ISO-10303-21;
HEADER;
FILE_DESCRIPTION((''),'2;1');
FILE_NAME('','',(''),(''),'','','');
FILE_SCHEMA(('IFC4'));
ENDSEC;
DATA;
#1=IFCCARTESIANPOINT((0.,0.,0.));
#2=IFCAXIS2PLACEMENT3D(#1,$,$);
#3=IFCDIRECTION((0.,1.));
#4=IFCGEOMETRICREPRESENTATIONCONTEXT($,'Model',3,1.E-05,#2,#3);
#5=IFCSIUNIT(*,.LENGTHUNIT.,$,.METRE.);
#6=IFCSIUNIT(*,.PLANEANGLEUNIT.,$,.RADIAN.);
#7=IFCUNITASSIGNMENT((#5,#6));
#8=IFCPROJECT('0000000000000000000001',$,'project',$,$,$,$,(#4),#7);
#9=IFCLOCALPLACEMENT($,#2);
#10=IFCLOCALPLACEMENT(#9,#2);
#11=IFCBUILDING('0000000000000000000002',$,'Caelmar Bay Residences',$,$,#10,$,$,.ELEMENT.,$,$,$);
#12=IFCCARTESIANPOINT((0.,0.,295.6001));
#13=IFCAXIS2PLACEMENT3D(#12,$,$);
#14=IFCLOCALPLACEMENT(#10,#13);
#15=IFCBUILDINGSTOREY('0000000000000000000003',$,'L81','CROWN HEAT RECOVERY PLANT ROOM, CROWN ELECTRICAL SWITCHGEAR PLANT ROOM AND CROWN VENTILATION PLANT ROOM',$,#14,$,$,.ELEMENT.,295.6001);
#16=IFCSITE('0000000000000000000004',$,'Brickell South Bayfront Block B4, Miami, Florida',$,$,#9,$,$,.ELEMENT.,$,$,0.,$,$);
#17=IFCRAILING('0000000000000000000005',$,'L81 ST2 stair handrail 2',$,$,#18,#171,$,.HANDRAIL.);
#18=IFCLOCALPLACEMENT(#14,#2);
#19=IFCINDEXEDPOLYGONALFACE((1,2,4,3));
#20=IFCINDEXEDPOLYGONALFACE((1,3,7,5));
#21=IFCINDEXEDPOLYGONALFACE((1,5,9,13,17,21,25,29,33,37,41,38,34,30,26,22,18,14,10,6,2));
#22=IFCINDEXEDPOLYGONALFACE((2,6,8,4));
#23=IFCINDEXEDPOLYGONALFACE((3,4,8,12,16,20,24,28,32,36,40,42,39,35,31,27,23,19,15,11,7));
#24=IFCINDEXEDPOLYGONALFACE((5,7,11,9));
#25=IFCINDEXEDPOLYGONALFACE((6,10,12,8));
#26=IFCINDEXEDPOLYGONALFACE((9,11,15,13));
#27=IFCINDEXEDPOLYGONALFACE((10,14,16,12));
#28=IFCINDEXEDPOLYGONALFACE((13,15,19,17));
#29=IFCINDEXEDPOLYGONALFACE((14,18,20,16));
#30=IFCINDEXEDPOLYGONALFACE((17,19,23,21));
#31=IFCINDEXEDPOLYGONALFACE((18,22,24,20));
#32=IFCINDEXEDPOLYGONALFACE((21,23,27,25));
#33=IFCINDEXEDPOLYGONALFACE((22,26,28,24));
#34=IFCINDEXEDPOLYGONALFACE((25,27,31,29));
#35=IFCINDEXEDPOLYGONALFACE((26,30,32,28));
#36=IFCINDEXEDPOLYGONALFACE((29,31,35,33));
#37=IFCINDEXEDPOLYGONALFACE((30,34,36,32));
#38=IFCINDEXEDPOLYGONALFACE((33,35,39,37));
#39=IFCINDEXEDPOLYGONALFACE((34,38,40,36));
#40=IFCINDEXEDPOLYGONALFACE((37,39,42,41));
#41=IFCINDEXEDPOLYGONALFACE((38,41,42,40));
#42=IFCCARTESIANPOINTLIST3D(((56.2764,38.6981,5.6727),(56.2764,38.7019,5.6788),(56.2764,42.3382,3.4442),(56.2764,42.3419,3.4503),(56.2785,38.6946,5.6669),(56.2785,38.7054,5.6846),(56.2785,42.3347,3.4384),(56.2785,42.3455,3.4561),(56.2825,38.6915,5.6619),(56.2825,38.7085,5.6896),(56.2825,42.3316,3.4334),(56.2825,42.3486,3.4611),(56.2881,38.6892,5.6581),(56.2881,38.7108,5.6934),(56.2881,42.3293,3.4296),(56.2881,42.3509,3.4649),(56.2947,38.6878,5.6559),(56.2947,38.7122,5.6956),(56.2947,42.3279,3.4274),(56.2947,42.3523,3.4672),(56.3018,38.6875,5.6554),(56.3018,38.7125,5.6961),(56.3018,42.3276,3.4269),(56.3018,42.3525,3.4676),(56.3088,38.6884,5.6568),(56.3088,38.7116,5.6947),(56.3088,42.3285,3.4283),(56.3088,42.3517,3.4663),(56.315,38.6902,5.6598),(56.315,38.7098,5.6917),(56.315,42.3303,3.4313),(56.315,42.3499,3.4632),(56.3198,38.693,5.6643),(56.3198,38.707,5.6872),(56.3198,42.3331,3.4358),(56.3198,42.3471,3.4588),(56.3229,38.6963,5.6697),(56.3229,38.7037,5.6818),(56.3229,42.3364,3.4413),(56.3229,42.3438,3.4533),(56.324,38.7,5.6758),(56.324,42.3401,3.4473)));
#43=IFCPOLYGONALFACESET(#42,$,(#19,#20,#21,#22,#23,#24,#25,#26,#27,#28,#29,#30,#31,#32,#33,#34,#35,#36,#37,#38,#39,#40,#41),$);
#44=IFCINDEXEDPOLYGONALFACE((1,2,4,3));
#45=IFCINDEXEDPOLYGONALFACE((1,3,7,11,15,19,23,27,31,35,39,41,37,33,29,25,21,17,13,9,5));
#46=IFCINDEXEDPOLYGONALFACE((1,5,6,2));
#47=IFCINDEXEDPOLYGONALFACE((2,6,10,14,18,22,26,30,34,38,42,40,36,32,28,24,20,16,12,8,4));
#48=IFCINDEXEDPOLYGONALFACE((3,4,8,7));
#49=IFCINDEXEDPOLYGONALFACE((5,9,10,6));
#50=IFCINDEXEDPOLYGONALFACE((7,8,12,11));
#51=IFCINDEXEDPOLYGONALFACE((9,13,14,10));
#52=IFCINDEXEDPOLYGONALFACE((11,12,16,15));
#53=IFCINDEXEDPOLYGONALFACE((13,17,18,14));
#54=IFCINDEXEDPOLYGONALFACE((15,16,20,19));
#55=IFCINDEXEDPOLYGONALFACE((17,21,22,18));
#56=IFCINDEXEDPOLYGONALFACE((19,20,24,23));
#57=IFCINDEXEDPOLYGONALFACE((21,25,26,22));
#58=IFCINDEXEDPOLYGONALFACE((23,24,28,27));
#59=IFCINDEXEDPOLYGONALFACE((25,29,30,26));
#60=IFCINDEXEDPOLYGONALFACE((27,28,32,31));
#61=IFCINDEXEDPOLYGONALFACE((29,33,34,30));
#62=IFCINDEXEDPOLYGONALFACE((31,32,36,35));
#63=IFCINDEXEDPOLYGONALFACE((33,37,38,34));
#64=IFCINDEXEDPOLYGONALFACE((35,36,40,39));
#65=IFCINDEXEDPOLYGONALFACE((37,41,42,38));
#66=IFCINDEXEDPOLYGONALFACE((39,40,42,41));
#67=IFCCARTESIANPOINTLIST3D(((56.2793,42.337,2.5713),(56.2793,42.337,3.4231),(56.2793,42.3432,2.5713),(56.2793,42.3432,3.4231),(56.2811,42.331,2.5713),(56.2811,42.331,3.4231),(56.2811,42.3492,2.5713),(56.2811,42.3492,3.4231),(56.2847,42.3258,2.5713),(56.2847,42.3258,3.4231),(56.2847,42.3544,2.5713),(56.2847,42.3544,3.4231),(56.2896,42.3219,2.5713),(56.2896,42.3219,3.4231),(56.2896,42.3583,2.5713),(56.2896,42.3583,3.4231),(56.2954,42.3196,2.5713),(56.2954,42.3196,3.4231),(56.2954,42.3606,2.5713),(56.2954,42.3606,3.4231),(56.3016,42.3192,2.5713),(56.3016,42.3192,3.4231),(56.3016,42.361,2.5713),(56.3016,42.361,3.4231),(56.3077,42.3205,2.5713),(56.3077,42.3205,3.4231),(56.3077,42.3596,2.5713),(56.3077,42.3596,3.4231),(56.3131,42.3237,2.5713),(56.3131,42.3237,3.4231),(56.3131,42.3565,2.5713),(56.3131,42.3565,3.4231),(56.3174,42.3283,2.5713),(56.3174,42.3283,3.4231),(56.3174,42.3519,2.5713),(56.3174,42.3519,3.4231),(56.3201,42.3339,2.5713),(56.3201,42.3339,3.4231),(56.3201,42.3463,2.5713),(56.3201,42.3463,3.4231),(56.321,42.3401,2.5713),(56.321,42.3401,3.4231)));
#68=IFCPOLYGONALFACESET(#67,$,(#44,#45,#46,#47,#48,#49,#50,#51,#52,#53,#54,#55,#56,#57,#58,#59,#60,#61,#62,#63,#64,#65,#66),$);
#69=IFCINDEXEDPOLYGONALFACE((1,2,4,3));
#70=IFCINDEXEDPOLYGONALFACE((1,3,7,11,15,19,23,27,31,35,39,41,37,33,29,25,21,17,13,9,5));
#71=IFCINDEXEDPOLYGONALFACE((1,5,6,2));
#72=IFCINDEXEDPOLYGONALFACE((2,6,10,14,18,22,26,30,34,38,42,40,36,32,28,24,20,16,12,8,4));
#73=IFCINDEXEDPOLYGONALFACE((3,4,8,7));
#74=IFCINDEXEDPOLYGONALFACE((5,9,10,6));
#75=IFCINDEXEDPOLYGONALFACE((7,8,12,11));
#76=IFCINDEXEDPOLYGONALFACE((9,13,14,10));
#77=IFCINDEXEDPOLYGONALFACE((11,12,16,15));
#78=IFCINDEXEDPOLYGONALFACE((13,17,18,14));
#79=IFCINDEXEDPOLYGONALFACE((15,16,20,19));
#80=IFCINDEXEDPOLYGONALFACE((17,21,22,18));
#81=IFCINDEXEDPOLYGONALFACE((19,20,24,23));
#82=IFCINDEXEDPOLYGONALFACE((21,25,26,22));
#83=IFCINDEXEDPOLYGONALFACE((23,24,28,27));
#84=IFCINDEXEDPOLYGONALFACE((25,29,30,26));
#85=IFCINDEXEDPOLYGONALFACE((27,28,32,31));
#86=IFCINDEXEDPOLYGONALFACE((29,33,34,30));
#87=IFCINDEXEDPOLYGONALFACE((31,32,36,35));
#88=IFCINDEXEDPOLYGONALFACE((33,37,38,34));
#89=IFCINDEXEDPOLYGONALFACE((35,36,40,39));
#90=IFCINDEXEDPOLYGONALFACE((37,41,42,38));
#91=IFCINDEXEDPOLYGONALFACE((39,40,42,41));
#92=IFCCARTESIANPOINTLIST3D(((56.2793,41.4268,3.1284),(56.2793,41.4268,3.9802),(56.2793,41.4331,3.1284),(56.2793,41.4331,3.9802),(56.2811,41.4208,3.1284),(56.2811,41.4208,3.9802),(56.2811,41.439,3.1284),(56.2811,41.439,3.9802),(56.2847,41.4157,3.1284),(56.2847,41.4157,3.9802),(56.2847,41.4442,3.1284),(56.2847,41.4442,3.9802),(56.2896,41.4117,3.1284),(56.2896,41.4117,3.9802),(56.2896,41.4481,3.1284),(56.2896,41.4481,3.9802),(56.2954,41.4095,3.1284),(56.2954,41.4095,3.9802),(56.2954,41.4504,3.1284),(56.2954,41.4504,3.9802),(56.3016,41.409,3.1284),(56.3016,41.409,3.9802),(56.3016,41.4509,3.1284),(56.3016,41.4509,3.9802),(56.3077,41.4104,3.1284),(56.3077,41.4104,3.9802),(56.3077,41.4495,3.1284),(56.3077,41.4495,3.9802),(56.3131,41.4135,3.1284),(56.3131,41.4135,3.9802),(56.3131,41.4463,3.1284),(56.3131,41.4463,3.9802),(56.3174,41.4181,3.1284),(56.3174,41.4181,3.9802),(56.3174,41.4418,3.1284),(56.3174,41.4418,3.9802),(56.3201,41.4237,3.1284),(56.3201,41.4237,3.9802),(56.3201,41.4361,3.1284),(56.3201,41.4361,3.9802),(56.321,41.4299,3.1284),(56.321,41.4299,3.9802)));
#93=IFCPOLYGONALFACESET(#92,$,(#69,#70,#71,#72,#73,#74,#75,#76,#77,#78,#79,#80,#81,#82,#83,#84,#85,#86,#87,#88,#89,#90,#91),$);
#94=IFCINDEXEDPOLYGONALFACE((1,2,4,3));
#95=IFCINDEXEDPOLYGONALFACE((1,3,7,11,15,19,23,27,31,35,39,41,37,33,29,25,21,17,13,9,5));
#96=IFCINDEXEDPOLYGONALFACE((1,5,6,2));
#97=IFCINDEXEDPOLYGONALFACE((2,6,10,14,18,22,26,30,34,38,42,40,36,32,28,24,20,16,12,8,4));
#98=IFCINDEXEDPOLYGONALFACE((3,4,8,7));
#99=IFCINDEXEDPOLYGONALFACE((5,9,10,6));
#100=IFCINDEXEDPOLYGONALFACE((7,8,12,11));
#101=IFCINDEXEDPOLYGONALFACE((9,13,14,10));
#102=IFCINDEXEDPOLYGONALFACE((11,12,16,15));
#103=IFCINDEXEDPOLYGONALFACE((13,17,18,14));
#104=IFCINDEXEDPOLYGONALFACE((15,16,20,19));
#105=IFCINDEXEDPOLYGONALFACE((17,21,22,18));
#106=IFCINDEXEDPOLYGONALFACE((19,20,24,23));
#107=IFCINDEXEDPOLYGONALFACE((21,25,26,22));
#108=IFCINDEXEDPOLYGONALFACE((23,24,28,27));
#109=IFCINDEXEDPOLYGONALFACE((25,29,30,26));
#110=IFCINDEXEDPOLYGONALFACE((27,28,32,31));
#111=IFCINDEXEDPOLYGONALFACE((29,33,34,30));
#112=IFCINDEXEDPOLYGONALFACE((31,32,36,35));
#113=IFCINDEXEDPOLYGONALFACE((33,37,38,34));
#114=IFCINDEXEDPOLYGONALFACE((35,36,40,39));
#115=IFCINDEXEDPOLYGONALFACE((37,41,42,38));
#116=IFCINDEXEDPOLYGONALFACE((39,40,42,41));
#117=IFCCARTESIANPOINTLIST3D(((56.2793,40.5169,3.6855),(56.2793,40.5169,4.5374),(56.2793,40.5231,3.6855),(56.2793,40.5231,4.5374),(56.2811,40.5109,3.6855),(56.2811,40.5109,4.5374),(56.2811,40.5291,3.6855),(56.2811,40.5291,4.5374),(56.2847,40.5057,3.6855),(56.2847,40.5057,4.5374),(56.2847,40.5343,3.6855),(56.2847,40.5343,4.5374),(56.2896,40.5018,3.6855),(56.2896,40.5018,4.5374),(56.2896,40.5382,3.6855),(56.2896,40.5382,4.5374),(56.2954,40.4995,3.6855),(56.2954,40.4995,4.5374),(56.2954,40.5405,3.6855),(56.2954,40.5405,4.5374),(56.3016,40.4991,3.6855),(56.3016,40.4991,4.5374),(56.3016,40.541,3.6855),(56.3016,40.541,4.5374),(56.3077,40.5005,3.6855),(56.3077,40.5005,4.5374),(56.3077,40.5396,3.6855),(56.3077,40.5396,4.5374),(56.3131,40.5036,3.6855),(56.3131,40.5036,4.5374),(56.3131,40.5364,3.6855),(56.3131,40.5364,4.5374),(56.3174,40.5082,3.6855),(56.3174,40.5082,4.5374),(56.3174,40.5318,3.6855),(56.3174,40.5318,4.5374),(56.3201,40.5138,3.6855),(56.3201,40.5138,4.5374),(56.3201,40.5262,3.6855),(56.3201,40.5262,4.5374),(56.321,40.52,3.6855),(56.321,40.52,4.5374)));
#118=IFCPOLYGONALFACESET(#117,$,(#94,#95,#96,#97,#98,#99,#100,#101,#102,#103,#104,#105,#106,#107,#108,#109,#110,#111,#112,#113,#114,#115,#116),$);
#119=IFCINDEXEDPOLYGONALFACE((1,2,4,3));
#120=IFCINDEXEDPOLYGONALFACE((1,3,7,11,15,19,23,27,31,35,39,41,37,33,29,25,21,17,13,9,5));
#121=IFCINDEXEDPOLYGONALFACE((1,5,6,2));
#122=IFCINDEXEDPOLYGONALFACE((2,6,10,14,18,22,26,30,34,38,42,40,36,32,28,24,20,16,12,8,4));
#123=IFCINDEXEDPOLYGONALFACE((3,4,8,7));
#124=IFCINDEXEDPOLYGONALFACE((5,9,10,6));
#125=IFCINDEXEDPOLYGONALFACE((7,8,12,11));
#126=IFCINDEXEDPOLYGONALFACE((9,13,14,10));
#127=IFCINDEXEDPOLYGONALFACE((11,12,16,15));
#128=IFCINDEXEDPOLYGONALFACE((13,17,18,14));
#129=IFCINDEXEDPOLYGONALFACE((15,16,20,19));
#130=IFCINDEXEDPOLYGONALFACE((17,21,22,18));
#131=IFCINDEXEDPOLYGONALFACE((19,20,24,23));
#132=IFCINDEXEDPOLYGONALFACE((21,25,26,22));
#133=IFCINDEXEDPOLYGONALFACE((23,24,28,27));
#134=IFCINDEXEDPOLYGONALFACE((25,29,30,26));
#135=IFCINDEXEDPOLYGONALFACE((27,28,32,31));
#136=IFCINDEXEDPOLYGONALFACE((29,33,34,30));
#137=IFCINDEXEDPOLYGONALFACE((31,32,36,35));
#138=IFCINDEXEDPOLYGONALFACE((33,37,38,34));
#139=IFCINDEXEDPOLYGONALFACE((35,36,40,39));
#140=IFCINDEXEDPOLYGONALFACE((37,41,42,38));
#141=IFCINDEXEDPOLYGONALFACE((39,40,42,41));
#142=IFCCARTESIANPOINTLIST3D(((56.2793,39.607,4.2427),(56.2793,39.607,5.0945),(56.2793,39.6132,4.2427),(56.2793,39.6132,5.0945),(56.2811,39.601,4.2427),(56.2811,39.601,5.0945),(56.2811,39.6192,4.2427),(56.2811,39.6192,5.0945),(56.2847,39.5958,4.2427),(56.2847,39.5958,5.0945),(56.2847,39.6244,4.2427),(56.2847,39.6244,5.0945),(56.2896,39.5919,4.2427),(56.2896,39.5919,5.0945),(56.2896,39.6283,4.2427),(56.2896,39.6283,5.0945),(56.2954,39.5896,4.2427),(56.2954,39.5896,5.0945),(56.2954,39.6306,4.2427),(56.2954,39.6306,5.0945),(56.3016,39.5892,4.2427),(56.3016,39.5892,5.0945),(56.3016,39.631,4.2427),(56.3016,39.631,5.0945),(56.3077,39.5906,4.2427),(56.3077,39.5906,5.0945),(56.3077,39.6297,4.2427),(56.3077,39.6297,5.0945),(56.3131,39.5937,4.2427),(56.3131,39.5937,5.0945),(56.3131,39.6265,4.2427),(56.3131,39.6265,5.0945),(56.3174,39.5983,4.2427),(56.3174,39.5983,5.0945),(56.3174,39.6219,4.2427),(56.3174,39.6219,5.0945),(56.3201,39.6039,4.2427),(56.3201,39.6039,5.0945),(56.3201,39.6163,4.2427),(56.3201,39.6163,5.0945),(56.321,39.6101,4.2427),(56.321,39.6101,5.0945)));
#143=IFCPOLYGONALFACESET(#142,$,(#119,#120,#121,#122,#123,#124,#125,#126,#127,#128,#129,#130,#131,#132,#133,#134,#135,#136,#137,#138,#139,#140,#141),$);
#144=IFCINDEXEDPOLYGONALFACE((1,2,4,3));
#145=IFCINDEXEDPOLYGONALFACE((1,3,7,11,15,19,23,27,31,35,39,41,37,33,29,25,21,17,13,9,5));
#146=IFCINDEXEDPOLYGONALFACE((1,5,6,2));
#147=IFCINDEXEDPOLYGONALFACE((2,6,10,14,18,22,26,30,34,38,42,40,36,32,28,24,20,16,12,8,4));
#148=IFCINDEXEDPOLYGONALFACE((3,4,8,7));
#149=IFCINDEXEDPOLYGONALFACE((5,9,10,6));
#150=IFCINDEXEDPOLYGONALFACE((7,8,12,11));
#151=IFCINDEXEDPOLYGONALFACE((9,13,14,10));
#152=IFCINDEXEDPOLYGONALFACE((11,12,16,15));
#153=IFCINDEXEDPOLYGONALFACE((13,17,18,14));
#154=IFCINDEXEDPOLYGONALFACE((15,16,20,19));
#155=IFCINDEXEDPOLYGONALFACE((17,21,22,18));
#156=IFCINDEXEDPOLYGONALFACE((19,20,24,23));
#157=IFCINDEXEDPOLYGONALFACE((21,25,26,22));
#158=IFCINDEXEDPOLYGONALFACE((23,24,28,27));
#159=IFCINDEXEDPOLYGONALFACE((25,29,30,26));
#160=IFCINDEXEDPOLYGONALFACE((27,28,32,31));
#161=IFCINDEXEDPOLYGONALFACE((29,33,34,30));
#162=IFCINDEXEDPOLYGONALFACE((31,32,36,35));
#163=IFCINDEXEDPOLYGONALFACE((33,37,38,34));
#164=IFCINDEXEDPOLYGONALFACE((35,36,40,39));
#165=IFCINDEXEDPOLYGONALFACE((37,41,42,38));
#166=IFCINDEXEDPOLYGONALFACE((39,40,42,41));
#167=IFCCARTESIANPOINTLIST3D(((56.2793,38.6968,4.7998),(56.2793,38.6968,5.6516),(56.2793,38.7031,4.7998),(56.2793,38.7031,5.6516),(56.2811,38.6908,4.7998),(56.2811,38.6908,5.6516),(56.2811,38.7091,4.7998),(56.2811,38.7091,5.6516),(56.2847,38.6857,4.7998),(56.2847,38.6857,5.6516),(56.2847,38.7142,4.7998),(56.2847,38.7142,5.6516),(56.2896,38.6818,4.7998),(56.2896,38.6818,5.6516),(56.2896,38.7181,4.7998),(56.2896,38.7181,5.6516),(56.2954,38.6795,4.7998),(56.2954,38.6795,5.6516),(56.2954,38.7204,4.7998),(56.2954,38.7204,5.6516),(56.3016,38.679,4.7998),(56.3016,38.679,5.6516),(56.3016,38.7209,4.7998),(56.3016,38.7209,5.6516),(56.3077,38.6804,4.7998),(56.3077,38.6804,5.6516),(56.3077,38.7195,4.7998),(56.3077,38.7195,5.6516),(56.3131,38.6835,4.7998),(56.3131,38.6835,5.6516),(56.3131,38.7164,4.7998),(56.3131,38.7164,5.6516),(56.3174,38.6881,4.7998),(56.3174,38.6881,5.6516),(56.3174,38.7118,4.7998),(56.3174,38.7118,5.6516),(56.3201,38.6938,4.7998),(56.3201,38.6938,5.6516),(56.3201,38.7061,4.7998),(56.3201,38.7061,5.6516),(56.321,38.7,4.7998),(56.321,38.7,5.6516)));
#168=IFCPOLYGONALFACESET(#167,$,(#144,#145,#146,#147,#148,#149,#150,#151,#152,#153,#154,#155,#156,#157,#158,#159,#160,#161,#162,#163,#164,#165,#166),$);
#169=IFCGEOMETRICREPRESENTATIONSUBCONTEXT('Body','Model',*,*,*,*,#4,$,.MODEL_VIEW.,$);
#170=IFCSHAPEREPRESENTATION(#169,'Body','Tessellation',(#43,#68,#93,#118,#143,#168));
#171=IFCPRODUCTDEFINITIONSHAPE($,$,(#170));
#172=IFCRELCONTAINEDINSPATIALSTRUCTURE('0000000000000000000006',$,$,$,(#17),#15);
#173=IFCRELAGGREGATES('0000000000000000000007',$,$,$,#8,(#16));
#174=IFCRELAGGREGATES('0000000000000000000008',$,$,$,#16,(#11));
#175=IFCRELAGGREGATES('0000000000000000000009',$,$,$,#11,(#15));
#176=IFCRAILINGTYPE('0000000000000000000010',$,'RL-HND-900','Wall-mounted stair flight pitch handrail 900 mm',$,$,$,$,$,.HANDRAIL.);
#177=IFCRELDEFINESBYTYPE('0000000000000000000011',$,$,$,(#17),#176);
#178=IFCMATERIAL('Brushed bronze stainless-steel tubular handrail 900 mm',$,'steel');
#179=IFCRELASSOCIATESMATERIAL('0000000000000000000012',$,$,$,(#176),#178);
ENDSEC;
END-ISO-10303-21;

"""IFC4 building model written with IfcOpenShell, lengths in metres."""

from ifc_helpers import new_model, si_unit, direction, frame, origin, origin_2d, place, context, subcontext, project, spatial, circle, extrude, material, type_object, element, save


model = new_model("IFC4")

# Units and contexts
model_context = context("Model", 3, precision=1e-05, world=origin(), true_north=direction((0.0, 1.0)))
body_context = subcontext(model_context, "Body", "Model", "MODEL_VIEW")
ifc_project = project(units=[si_unit("LENGTHUNIT", "METRE"), si_unit("PLANEANGLEUNIT", "RADIAN")], contexts=[model_context])

# Site, building, storey
site_placement = place(None, origin())
site = spatial("IfcSite", under=ifc_project, at=site_placement, Name="Brickell South Bayfront Block B4, Miami, Florida", CompositionType="ELEMENT", RefElevation=0.0)
building_placement = place(site_placement, origin())
building = spatial("IfcBuilding", under=site, at=building_placement, Name="Caelmar Bay Residences", CompositionType="ELEMENT")
storey_placement = place(building_placement, frame((0.0, 0.0, 295.6001)))
storey = spatial("IfcBuildingStorey", under=building, at=storey_placement, Name="L81", Description="CROWN HEAT RECOVERY PLANT ROOM, CROWN ELECTRICAL SWITCHGEAR PLANT ROOM AND CROWN VENTILATION PLANT ROOM", CompositionType="ELEMENT", Elevation=295.6001)

# Railing
ifc_material_1 = material(Name="Brushed bronze stainless-steel tubular handrail 900 mm", Category="steel")
railing_type_1 = type_object("IfcRailingType", Name="RL-HND-900", Description="Wall-mounted stair flight pitch handrail 900 mm", PredefinedType="HANDRAIL", material=ifc_material_1)
railing_1_placement = place(storey_placement, frame((56.3, 42.3401, 2.5713)))
element("IfcRailing", 1, at=railing_1_placement, inside=storey, type_object=railing_type_1, Name="L81 ST2 stair handrail 2", PredefinedType="HANDRAIL", context=body_context, shape_type="SweptSolid", body=[
    extrude(circle(Radius=0.0239, at=origin_2d()), frame((0.0, 0.0, 0.876), z_axis=(0.0, -0.852866, 0.52213), x_axis=(1.0, 0.0, 0.0)), (0.0, 0.0, 1.0), 4.2681),
    extrude(circle(Radius=0.021, at=origin_2d()), origin(), (0.0, 0.0, 1.0), 0.8518),
    extrude(circle(Radius=0.021, at=origin_2d()), frame((0.0, -0.9102, 0.5571)), (0.0, 0.0, 1.0), 0.8518),
    extrude(circle(Radius=0.021, at=origin_2d()), frame((0.0, -1.8201, 1.1143)), (0.0, 0.0, 1.0), 0.8518),
    extrude(circle(Radius=0.021, at=origin_2d()), frame((0.0, -2.73, 1.6714)), (0.0, 0.0, 1.0), 0.8518),
    extrude(circle(Radius=0.021, at=origin_2d()), frame((0.0, -3.6401, 2.2285)), (0.0, 0.0, 1.0), 0.8518),
])

save(model, "model.ifc")
